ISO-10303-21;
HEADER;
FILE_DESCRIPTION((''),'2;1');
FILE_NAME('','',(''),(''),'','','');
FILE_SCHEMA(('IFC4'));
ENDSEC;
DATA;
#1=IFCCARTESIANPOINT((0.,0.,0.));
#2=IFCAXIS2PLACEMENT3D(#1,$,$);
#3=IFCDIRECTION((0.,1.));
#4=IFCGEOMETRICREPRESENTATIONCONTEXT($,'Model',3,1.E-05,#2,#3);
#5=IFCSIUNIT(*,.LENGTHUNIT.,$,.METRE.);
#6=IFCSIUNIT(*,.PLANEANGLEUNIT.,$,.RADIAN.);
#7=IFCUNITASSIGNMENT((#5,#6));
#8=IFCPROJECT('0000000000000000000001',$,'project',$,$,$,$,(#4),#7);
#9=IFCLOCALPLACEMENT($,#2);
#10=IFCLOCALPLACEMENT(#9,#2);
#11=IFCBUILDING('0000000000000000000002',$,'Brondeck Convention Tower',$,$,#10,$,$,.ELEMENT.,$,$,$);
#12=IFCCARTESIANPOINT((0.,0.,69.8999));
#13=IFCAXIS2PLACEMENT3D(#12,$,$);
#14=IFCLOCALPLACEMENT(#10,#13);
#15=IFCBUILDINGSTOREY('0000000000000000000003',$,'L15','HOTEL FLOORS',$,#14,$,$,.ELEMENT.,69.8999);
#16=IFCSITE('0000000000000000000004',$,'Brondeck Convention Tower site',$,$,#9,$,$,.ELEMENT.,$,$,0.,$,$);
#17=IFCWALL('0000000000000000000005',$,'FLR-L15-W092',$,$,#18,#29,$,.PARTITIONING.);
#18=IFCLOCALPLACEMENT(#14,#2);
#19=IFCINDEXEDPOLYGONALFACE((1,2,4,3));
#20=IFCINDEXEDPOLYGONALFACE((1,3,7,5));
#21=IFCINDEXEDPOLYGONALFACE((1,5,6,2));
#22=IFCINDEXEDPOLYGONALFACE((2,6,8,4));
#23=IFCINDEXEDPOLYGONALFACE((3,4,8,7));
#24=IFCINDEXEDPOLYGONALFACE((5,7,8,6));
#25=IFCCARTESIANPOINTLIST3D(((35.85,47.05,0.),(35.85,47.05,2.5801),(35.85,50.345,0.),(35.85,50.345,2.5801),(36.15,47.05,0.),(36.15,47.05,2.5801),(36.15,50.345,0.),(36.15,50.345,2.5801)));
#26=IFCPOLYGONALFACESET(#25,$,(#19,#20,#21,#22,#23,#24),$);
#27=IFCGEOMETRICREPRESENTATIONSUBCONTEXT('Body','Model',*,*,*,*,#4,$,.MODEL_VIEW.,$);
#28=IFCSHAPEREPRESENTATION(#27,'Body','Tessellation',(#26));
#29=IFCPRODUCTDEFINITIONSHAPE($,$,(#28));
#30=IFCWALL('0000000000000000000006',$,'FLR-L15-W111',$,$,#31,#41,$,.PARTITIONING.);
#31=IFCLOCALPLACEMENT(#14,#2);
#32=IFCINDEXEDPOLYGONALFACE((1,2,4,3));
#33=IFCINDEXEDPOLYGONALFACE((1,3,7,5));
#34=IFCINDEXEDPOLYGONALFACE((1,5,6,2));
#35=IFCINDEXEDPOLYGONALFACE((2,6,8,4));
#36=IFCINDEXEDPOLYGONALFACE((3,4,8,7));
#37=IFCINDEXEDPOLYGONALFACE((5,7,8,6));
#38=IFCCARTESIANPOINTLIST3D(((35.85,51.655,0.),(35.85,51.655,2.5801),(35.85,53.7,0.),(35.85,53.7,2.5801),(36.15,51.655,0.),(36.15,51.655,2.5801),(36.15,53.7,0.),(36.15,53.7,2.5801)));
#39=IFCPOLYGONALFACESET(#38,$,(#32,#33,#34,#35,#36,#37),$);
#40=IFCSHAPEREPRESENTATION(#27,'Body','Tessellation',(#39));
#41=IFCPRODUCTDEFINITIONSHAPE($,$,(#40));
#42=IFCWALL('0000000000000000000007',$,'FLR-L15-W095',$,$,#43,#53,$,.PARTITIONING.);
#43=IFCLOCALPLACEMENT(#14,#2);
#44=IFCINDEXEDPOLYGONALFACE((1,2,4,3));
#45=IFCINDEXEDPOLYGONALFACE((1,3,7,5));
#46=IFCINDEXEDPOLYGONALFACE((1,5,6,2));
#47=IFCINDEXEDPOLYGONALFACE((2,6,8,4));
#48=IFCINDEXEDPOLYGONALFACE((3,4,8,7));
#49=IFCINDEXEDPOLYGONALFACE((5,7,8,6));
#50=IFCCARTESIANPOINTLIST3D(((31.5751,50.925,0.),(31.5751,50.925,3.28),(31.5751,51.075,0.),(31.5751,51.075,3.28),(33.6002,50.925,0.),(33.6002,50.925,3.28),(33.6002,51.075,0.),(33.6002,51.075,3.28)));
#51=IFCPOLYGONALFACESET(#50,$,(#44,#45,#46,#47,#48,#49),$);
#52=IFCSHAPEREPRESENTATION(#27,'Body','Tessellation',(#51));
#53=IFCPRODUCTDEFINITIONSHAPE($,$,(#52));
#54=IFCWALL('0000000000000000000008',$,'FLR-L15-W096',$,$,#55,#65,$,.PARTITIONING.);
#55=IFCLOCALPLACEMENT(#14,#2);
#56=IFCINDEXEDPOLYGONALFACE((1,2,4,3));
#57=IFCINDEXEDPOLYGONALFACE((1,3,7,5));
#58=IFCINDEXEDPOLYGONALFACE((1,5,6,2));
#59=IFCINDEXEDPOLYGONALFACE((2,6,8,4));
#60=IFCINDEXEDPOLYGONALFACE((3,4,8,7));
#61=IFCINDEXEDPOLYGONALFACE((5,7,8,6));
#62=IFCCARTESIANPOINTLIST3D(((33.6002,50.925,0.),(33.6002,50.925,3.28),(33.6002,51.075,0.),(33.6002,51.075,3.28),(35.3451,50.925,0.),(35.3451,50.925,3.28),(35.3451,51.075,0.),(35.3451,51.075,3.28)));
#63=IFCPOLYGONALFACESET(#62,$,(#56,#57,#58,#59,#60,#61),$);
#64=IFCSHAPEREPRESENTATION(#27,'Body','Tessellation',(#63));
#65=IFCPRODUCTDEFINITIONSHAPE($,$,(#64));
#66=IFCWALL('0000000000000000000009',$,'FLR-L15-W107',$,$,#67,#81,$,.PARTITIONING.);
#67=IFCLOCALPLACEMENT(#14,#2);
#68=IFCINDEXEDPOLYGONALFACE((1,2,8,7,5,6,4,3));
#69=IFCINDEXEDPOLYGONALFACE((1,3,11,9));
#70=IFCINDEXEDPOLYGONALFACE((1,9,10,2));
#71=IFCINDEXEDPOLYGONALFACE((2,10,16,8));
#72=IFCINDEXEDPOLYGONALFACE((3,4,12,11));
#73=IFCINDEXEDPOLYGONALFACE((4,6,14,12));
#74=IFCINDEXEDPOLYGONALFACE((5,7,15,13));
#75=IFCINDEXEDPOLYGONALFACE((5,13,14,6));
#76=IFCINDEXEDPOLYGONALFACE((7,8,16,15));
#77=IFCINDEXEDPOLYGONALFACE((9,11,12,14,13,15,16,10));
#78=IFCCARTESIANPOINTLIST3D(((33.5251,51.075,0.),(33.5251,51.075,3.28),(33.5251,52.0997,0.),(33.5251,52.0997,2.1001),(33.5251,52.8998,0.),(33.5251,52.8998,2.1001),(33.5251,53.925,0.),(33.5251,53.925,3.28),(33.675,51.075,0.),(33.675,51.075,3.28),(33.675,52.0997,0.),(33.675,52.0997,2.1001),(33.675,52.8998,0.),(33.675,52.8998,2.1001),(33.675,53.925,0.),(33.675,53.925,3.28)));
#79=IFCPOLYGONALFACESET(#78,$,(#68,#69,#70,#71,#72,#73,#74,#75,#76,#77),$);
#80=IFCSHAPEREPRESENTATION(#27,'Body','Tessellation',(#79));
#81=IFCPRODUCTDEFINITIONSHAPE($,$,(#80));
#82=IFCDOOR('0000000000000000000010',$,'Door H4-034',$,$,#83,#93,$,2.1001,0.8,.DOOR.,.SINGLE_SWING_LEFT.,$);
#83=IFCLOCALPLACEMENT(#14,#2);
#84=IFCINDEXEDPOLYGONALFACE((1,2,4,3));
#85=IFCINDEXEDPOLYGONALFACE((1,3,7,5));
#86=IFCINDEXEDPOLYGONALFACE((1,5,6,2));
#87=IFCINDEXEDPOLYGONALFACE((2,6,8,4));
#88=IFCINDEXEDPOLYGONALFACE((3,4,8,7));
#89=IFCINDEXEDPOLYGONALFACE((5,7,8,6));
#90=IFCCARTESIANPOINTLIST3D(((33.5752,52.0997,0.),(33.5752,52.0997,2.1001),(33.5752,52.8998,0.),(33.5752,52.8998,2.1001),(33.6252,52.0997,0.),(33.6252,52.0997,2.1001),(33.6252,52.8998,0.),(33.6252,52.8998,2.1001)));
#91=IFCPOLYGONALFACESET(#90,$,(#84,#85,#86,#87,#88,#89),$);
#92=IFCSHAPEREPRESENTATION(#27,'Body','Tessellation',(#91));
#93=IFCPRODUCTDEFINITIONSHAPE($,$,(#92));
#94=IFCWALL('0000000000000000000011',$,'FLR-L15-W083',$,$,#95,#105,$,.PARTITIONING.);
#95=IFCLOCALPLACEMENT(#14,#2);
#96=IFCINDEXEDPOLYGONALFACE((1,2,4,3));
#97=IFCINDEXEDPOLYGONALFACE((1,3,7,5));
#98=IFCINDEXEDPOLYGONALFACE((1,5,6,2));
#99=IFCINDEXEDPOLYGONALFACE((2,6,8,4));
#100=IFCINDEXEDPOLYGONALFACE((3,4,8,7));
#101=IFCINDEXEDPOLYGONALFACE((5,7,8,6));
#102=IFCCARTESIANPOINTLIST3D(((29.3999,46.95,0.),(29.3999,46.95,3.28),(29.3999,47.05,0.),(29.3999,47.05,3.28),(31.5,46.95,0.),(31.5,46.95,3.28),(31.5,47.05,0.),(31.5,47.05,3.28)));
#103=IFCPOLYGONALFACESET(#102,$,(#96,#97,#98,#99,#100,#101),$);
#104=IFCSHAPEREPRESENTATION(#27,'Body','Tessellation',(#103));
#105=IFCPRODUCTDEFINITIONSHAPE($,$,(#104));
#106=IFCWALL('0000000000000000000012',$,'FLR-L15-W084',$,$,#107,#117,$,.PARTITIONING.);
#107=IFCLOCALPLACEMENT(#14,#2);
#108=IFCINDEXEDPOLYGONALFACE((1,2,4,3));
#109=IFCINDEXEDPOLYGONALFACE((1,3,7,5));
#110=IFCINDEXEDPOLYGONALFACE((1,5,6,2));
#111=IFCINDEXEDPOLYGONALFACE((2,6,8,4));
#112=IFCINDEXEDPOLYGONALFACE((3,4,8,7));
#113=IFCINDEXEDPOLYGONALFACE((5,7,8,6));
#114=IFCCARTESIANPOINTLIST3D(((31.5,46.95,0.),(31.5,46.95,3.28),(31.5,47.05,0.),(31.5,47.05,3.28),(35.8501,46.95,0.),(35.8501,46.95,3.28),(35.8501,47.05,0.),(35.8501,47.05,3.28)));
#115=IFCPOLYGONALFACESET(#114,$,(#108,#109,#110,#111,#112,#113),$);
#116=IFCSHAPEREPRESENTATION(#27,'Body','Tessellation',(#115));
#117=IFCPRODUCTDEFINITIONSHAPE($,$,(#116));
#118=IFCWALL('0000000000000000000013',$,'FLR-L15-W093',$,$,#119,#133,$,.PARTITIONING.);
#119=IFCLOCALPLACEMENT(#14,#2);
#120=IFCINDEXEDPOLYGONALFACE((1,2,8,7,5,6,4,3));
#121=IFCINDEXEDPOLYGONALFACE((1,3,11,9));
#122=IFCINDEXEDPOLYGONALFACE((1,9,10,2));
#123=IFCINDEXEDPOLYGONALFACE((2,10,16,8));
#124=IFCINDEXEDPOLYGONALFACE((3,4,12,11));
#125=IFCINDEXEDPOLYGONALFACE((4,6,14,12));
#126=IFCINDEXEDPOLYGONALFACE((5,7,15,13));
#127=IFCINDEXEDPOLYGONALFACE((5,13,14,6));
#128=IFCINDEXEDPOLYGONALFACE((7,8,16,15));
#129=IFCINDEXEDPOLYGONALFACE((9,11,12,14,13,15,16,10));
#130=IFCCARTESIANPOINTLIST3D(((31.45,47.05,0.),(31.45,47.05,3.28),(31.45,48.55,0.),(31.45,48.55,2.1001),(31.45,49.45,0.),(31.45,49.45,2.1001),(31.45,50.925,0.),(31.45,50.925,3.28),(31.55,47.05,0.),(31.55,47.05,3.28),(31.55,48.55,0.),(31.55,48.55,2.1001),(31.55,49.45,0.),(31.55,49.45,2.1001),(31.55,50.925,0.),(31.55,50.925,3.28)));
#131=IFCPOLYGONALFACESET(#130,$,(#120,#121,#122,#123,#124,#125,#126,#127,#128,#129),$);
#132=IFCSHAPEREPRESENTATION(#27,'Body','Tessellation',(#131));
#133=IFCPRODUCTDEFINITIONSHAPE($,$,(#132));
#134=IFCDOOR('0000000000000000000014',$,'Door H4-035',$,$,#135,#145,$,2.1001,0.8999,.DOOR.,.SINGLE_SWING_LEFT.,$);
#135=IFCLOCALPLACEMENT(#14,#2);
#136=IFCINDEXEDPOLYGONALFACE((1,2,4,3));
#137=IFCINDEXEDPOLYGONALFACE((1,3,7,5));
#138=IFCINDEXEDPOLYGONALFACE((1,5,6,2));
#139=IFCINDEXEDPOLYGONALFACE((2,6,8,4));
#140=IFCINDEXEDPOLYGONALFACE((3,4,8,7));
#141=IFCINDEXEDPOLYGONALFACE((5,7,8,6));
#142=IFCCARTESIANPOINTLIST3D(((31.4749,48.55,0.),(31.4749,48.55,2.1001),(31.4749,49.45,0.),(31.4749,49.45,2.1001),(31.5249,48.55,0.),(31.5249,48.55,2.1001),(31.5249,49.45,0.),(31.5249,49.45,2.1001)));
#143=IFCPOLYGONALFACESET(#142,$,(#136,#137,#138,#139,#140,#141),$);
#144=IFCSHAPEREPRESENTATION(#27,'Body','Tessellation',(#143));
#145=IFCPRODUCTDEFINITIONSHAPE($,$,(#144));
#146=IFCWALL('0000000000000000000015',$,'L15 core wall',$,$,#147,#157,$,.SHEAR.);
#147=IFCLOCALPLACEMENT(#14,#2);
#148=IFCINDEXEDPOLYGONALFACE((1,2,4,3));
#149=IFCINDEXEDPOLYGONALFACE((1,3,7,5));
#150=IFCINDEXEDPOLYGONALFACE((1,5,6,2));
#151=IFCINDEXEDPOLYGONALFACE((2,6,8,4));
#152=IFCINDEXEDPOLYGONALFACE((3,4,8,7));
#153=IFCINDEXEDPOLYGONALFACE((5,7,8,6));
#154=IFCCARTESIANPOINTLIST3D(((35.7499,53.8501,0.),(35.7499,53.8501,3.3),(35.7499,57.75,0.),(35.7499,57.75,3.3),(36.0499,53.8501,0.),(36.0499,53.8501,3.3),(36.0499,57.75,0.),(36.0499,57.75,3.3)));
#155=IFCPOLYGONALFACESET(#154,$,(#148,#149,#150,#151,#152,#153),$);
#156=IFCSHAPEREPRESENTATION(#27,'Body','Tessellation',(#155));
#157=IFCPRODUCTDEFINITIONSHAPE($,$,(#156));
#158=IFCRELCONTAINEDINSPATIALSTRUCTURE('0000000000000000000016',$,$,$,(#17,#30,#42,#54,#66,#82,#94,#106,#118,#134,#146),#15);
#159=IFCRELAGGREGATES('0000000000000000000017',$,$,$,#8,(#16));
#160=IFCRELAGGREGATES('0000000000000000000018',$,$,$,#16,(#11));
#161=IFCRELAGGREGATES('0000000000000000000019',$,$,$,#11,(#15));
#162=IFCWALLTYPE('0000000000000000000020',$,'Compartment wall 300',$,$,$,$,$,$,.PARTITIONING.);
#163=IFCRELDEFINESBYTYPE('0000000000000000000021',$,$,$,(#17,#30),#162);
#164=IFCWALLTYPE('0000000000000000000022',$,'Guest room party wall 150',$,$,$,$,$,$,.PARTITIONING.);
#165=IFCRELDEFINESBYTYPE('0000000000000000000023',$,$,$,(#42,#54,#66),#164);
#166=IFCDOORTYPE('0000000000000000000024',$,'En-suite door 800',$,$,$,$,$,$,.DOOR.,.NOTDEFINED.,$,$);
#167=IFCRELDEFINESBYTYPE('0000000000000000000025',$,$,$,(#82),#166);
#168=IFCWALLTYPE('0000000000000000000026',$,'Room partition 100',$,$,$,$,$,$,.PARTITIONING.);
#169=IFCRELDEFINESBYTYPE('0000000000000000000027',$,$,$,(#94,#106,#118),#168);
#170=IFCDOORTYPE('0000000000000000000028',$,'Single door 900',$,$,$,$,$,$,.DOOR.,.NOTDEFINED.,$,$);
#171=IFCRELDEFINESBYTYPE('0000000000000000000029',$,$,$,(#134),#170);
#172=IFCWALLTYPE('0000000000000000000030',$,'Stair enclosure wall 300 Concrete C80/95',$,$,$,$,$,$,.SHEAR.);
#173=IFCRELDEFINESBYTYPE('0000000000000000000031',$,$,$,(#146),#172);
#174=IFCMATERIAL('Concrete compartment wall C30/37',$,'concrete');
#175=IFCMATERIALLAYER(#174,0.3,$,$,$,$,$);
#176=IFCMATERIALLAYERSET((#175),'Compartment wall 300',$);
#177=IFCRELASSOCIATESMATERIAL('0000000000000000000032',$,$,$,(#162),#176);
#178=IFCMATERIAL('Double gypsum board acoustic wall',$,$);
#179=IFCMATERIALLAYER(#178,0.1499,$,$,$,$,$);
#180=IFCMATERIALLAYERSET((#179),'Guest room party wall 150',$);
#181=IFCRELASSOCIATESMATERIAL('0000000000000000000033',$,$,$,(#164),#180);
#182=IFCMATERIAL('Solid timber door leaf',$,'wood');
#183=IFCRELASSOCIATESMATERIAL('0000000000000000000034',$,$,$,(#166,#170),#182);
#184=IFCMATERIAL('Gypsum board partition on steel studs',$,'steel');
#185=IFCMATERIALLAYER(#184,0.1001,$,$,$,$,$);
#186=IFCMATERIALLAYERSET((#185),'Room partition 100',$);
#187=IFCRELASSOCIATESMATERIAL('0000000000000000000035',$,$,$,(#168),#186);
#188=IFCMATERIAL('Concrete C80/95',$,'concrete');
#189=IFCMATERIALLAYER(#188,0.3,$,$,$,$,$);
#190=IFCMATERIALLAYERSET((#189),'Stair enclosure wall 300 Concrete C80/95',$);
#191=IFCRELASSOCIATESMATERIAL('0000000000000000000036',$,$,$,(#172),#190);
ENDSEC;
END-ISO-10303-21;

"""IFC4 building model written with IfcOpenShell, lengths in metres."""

from ifc_helpers import new_model, si_unit, direction, frame, frame_2d, origin, place, context, subcontext, project, spatial, rectangle, extrude, material, layer, layer_set, type_object, element, fill, save


model = new_model("IFC4")

# Units and contexts
model_context = context("Model", 3, precision=1e-05, world=origin(), true_north=direction((0.0, 1.0)))
body_context = subcontext(model_context, "Body", "Model", "MODEL_VIEW")
ifc_project = project(units=[si_unit("LENGTHUNIT", "METRE"), si_unit("PLANEANGLEUNIT", "RADIAN")], contexts=[model_context])

# Site, building, storey
site_placement = place(None, origin())
site = spatial("IfcSite", under=ifc_project, at=site_placement, Name="Brondeck Convention Tower site", CompositionType="ELEMENT", RefElevation=0.0)
building_placement = place(site_placement, origin())
building = spatial("IfcBuilding", under=site, at=building_placement, Name="Brondeck Convention Tower", CompositionType="ELEMENT")
storey_placement = place(building_placement, frame((0.0, 0.0, 69.8999)))
storey = spatial("IfcBuildingStorey", under=building, at=storey_placement, Name="L15", Description="HOTEL FLOORS", CompositionType="ELEMENT", Elevation=69.8999)

# Shared definitions
ifc_material_1 = material(Name="Concrete C80/95", Category="concrete")

# Shared definitions
ifc_material_2 = material(Name="Concrete compartment wall C30/37", Category="concrete")
ifc_layer_1 = layer(ifc_material_2, 0.3)
ifc_layer_set_1 = layer_set([ifc_layer_1], Name="Compartment wall 300")
wall_type_1 = type_object("IfcWallType", Name="Compartment wall 300", PredefinedType="PARTITIONING", material=ifc_layer_set_1)

# Walls
wall_1_placement = place(storey_placement, frame((36.0, 50.345, 0.0), z_axis=(0.0, 0.0, 1.0), x_axis=(0.0, -1.0, 0.0)))
element("IfcWall", 1, at=wall_1_placement, inside=storey, type_object=wall_type_1, Name="FLR-L15-W092", PredefinedType="PARTITIONING", context=body_context, shape_type="SweptSolid", body=[
    extrude(rectangle(XDim=3.2949, YDim=0.3, at=frame_2d((1.6475, 0.0))), origin(), (0.0, 0.0, 1.0), 2.5801),
])
wall_2_placement = place(storey_placement, frame((36.0, 53.7, 0.0), z_axis=(0.0, 0.0, 1.0), x_axis=(0.0, -1.0, 0.0)))
element("IfcWall", 2, at=wall_2_placement, inside=storey, type_object=wall_type_1, Name="FLR-L15-W111", PredefinedType="PARTITIONING", context=body_context, shape_type="SweptSolid", body=[
    extrude(rectangle(XDim=2.0449, YDim=0.3, at=frame_2d((1.0225, 0.0))), origin(), (0.0, 0.0, 1.0), 2.5801),
])
ifc_material_3 = material(Name="Double gypsum board acoustic wall")
ifc_layer_2 = layer(ifc_material_3, 0.1499)
ifc_layer_set_2 = layer_set([ifc_layer_2], Name="Guest room party wall 150")
wall_type_2 = type_object("IfcWallType", Name="Guest room party wall 150", PredefinedType="PARTITIONING", material=ifc_layer_set_2)
wall_3_placement = place(storey_placement, frame((31.575, 51.0, 0.0), z_axis=(0.0, 0.0, 1.0), x_axis=(1.0, 0.0, 0.0)))
element("IfcWall", 3, at=wall_3_placement, inside=storey, type_object=wall_type_2, Name="FLR-L15-W095", PredefinedType="PARTITIONING", context=body_context, shape_type="SweptSolid", body=[
    extrude(rectangle(XDim=2.0251, YDim=0.1499, at=frame_2d((1.0127, 0.0))), origin(), (0.0, 0.0, 1.0), 3.28),
])
wall_4_placement = place(storey_placement, frame((33.6001, 51.0, 0.0), z_axis=(0.0, 0.0, 1.0), x_axis=(1.0, 0.0, 0.0)))
element("IfcWall", 4, at=wall_4_placement, inside=storey, type_object=wall_type_2, Name="FLR-L15-W096", PredefinedType="PARTITIONING", context=body_context, shape_type="SweptSolid", body=[
    extrude(rectangle(XDim=1.7449, YDim=0.1499, at=frame_2d((0.8726, 0.0))), origin(), (0.0, 0.0, 1.0), 3.28),
])

# Wall, opening, door
wall_5_placement = place(storey_placement, frame((33.6001, 51.075, 0.0), z_axis=(0.0, 0.0, 1.0), x_axis=(0.0, 1.0, 0.0)))
wall_5 = element("IfcWall", 5, at=wall_5_placement, inside=storey, type_object=wall_type_2, Name="FLR-L15-W107", PredefinedType="PARTITIONING", context=body_context, shape_type="SweptSolid", body=[
    extrude(rectangle(XDim=2.8501, YDim=0.1499, at=frame_2d((1.425, 0.0))), origin(), (0.0, 0.0, 1.0), 3.28),
])
opening_1_placement = place(wall_5_placement, frame((1.0249, 0.0, 0.0)))
opening_1 = element("IfcOpeningElement", 6, at=opening_1_placement, cuts=wall_5, PredefinedType="OPENING", context=body_context, shape_type="SweptSolid", body=[
    extrude(rectangle(XDim=0.8, YDim=2.1001, at=frame_2d((0.3999, 1.05))), frame((0.0, 0.085, 0.0), z_axis=(0.0, -1.0, 0.0), x_axis=(1.0, 0.0, 0.0)), (0.0, 0.0, 1.0), 0.1699),
])
ifc_material_4 = material(Name="Solid timber door leaf", Category="wood")
door_type_1 = type_object("IfcDoorType", Name="En-suite door 800", OperationType="NOTDEFINED", PredefinedType="DOOR", material=ifc_material_4)
door_1_placement = place(opening_1_placement, origin())
door_1 = element("IfcDoor", 7, at=door_1_placement, inside=storey, type_object=door_type_1, Name="Door H4-034", OperationType="SINGLE_SWING_LEFT", OverallHeight=2.1001, OverallWidth=0.8, PredefinedType="DOOR", context=body_context, shape_type="SweptSolid", body=[
    extrude(rectangle(XDim=0.8, YDim=2.1001, at=frame_2d((0.3999, 1.05))), frame((0.0, 0.0249, 0.0), z_axis=(0.0, -1.0, 0.0), x_axis=(1.0, 0.0, 0.0)), (0.0, 0.0, 1.0), 0.05),
])
fill(opening_1, door_1)

# Walls
ifc_material_5 = material(Name="Gypsum board partition on steel studs", Category="steel")
ifc_layer_3 = layer(ifc_material_5, 0.1001)
ifc_layer_set_3 = layer_set([ifc_layer_3], Name="Room partition 100")
wall_type_3 = type_object("IfcWallType", Name="Room partition 100", PredefinedType="PARTITIONING", material=ifc_layer_set_3)
wall_6_placement = place(storey_placement, frame((29.3999, 47.0, 0.0), z_axis=(0.0, 0.0, 1.0), x_axis=(1.0, 0.0, 0.0)))
element("IfcWall", 8, at=wall_6_placement, inside=storey, type_object=wall_type_3, Name="FLR-L15-W083", PredefinedType="PARTITIONING", context=body_context, shape_type="SweptSolid", body=[
    extrude(rectangle(XDim=2.1001, YDim=0.1001, at=frame_2d((1.05, 0.0))), origin(), (0.0, 0.0, 1.0), 3.28),
])
wall_7_placement = place(storey_placement, frame((31.5, 47.0, 0.0), z_axis=(0.0, 0.0, 1.0), x_axis=(1.0, 0.0, 0.0)))
element("IfcWall", 9, at=wall_7_placement, inside=storey, type_object=wall_type_3, Name="FLR-L15-W084", PredefinedType="PARTITIONING", context=body_context, shape_type="SweptSolid", body=[
    extrude(rectangle(XDim=4.3501, YDim=0.1001, at=frame_2d((2.175, 0.0))), origin(), (0.0, 0.0, 1.0), 3.28),
])

# Wall, opening, door
wall_8_placement = place(storey_placement, frame((31.5, 50.925, 0.0), z_axis=(0.0, 0.0, 1.0), x_axis=(0.0, -1.0, 0.0)))
wall_8 = element("IfcWall", 10, at=wall_8_placement, inside=storey, type_object=wall_type_3, Name="FLR-L15-W093", PredefinedType="PARTITIONING", context=body_context, shape_type="SweptSolid", body=[
    extrude(rectangle(XDim=3.875, YDim=0.1001, at=frame_2d((1.9375, 0.0))), origin(), (0.0, 0.0, 1.0), 3.28),
])
opening_2_placement = place(wall_8_placement, frame((1.4751, 0.0, 0.0)))
opening_2 = element("IfcOpeningElement", 11, at=opening_2_placement, cuts=wall_8, PredefinedType="OPENING", context=body_context, shape_type="SweptSolid", body=[
    extrude(rectangle(XDim=0.8999, YDim=2.1001, at=frame_2d((0.45, 1.05))), frame((0.0, 0.0601, 0.0), z_axis=(0.0, -1.0, 0.0), x_axis=(1.0, 0.0, 0.0)), (0.0, 0.0, 1.0), 0.1201),
])
door_type_2 = type_object("IfcDoorType", Name="Single door 900", OperationType="NOTDEFINED", PredefinedType="DOOR", material=ifc_material_4)
door_2_placement = place(opening_2_placement, origin())
door_2 = element("IfcDoor", 12, at=door_2_placement, inside=storey, type_object=door_type_2, Name="Door H4-035", OperationType="SINGLE_SWING_LEFT", OverallHeight=2.1001, OverallWidth=0.8999, PredefinedType="DOOR", context=body_context, shape_type="SweptSolid", body=[
    extrude(rectangle(XDim=0.8999, YDim=2.1001, at=frame_2d((0.45, 1.05))), frame((0.0, 0.0249, 0.0), z_axis=(0.0, -1.0, 0.0), x_axis=(1.0, 0.0, 0.0)), (0.0, 0.0, 1.0), 0.05),
])
fill(opening_2, door_2)

# Wall
ifc_layer_4 = layer(ifc_material_1, 0.3)
ifc_layer_set_4 = layer_set([ifc_layer_4], Name="Stair enclosure wall 300 Concrete C80/95")
wall_type_4 = type_object("IfcWallType", Name="Stair enclosure wall 300 Concrete C80/95", PredefinedType="SHEAR", material=ifc_layer_set_4)
wall_9_placement = place(storey_placement, frame((35.8999, 53.8501, 0.0), z_axis=(0.0, 0.0, 1.0), x_axis=(0.0, 1.0, 0.0)))
element("IfcWall", 13, at=wall_9_placement, inside=storey, type_object=wall_type_4, Name="L15 core wall", PredefinedType="SHEAR", context=body_context, shape_type="SweptSolid", body=[
    extrude(rectangle(XDim=3.8999, YDim=0.3, at=frame_2d((1.95, 0.0))), origin(), (0.0, 0.0, 1.0), 3.3),
])

save(model, "model.ifc")
